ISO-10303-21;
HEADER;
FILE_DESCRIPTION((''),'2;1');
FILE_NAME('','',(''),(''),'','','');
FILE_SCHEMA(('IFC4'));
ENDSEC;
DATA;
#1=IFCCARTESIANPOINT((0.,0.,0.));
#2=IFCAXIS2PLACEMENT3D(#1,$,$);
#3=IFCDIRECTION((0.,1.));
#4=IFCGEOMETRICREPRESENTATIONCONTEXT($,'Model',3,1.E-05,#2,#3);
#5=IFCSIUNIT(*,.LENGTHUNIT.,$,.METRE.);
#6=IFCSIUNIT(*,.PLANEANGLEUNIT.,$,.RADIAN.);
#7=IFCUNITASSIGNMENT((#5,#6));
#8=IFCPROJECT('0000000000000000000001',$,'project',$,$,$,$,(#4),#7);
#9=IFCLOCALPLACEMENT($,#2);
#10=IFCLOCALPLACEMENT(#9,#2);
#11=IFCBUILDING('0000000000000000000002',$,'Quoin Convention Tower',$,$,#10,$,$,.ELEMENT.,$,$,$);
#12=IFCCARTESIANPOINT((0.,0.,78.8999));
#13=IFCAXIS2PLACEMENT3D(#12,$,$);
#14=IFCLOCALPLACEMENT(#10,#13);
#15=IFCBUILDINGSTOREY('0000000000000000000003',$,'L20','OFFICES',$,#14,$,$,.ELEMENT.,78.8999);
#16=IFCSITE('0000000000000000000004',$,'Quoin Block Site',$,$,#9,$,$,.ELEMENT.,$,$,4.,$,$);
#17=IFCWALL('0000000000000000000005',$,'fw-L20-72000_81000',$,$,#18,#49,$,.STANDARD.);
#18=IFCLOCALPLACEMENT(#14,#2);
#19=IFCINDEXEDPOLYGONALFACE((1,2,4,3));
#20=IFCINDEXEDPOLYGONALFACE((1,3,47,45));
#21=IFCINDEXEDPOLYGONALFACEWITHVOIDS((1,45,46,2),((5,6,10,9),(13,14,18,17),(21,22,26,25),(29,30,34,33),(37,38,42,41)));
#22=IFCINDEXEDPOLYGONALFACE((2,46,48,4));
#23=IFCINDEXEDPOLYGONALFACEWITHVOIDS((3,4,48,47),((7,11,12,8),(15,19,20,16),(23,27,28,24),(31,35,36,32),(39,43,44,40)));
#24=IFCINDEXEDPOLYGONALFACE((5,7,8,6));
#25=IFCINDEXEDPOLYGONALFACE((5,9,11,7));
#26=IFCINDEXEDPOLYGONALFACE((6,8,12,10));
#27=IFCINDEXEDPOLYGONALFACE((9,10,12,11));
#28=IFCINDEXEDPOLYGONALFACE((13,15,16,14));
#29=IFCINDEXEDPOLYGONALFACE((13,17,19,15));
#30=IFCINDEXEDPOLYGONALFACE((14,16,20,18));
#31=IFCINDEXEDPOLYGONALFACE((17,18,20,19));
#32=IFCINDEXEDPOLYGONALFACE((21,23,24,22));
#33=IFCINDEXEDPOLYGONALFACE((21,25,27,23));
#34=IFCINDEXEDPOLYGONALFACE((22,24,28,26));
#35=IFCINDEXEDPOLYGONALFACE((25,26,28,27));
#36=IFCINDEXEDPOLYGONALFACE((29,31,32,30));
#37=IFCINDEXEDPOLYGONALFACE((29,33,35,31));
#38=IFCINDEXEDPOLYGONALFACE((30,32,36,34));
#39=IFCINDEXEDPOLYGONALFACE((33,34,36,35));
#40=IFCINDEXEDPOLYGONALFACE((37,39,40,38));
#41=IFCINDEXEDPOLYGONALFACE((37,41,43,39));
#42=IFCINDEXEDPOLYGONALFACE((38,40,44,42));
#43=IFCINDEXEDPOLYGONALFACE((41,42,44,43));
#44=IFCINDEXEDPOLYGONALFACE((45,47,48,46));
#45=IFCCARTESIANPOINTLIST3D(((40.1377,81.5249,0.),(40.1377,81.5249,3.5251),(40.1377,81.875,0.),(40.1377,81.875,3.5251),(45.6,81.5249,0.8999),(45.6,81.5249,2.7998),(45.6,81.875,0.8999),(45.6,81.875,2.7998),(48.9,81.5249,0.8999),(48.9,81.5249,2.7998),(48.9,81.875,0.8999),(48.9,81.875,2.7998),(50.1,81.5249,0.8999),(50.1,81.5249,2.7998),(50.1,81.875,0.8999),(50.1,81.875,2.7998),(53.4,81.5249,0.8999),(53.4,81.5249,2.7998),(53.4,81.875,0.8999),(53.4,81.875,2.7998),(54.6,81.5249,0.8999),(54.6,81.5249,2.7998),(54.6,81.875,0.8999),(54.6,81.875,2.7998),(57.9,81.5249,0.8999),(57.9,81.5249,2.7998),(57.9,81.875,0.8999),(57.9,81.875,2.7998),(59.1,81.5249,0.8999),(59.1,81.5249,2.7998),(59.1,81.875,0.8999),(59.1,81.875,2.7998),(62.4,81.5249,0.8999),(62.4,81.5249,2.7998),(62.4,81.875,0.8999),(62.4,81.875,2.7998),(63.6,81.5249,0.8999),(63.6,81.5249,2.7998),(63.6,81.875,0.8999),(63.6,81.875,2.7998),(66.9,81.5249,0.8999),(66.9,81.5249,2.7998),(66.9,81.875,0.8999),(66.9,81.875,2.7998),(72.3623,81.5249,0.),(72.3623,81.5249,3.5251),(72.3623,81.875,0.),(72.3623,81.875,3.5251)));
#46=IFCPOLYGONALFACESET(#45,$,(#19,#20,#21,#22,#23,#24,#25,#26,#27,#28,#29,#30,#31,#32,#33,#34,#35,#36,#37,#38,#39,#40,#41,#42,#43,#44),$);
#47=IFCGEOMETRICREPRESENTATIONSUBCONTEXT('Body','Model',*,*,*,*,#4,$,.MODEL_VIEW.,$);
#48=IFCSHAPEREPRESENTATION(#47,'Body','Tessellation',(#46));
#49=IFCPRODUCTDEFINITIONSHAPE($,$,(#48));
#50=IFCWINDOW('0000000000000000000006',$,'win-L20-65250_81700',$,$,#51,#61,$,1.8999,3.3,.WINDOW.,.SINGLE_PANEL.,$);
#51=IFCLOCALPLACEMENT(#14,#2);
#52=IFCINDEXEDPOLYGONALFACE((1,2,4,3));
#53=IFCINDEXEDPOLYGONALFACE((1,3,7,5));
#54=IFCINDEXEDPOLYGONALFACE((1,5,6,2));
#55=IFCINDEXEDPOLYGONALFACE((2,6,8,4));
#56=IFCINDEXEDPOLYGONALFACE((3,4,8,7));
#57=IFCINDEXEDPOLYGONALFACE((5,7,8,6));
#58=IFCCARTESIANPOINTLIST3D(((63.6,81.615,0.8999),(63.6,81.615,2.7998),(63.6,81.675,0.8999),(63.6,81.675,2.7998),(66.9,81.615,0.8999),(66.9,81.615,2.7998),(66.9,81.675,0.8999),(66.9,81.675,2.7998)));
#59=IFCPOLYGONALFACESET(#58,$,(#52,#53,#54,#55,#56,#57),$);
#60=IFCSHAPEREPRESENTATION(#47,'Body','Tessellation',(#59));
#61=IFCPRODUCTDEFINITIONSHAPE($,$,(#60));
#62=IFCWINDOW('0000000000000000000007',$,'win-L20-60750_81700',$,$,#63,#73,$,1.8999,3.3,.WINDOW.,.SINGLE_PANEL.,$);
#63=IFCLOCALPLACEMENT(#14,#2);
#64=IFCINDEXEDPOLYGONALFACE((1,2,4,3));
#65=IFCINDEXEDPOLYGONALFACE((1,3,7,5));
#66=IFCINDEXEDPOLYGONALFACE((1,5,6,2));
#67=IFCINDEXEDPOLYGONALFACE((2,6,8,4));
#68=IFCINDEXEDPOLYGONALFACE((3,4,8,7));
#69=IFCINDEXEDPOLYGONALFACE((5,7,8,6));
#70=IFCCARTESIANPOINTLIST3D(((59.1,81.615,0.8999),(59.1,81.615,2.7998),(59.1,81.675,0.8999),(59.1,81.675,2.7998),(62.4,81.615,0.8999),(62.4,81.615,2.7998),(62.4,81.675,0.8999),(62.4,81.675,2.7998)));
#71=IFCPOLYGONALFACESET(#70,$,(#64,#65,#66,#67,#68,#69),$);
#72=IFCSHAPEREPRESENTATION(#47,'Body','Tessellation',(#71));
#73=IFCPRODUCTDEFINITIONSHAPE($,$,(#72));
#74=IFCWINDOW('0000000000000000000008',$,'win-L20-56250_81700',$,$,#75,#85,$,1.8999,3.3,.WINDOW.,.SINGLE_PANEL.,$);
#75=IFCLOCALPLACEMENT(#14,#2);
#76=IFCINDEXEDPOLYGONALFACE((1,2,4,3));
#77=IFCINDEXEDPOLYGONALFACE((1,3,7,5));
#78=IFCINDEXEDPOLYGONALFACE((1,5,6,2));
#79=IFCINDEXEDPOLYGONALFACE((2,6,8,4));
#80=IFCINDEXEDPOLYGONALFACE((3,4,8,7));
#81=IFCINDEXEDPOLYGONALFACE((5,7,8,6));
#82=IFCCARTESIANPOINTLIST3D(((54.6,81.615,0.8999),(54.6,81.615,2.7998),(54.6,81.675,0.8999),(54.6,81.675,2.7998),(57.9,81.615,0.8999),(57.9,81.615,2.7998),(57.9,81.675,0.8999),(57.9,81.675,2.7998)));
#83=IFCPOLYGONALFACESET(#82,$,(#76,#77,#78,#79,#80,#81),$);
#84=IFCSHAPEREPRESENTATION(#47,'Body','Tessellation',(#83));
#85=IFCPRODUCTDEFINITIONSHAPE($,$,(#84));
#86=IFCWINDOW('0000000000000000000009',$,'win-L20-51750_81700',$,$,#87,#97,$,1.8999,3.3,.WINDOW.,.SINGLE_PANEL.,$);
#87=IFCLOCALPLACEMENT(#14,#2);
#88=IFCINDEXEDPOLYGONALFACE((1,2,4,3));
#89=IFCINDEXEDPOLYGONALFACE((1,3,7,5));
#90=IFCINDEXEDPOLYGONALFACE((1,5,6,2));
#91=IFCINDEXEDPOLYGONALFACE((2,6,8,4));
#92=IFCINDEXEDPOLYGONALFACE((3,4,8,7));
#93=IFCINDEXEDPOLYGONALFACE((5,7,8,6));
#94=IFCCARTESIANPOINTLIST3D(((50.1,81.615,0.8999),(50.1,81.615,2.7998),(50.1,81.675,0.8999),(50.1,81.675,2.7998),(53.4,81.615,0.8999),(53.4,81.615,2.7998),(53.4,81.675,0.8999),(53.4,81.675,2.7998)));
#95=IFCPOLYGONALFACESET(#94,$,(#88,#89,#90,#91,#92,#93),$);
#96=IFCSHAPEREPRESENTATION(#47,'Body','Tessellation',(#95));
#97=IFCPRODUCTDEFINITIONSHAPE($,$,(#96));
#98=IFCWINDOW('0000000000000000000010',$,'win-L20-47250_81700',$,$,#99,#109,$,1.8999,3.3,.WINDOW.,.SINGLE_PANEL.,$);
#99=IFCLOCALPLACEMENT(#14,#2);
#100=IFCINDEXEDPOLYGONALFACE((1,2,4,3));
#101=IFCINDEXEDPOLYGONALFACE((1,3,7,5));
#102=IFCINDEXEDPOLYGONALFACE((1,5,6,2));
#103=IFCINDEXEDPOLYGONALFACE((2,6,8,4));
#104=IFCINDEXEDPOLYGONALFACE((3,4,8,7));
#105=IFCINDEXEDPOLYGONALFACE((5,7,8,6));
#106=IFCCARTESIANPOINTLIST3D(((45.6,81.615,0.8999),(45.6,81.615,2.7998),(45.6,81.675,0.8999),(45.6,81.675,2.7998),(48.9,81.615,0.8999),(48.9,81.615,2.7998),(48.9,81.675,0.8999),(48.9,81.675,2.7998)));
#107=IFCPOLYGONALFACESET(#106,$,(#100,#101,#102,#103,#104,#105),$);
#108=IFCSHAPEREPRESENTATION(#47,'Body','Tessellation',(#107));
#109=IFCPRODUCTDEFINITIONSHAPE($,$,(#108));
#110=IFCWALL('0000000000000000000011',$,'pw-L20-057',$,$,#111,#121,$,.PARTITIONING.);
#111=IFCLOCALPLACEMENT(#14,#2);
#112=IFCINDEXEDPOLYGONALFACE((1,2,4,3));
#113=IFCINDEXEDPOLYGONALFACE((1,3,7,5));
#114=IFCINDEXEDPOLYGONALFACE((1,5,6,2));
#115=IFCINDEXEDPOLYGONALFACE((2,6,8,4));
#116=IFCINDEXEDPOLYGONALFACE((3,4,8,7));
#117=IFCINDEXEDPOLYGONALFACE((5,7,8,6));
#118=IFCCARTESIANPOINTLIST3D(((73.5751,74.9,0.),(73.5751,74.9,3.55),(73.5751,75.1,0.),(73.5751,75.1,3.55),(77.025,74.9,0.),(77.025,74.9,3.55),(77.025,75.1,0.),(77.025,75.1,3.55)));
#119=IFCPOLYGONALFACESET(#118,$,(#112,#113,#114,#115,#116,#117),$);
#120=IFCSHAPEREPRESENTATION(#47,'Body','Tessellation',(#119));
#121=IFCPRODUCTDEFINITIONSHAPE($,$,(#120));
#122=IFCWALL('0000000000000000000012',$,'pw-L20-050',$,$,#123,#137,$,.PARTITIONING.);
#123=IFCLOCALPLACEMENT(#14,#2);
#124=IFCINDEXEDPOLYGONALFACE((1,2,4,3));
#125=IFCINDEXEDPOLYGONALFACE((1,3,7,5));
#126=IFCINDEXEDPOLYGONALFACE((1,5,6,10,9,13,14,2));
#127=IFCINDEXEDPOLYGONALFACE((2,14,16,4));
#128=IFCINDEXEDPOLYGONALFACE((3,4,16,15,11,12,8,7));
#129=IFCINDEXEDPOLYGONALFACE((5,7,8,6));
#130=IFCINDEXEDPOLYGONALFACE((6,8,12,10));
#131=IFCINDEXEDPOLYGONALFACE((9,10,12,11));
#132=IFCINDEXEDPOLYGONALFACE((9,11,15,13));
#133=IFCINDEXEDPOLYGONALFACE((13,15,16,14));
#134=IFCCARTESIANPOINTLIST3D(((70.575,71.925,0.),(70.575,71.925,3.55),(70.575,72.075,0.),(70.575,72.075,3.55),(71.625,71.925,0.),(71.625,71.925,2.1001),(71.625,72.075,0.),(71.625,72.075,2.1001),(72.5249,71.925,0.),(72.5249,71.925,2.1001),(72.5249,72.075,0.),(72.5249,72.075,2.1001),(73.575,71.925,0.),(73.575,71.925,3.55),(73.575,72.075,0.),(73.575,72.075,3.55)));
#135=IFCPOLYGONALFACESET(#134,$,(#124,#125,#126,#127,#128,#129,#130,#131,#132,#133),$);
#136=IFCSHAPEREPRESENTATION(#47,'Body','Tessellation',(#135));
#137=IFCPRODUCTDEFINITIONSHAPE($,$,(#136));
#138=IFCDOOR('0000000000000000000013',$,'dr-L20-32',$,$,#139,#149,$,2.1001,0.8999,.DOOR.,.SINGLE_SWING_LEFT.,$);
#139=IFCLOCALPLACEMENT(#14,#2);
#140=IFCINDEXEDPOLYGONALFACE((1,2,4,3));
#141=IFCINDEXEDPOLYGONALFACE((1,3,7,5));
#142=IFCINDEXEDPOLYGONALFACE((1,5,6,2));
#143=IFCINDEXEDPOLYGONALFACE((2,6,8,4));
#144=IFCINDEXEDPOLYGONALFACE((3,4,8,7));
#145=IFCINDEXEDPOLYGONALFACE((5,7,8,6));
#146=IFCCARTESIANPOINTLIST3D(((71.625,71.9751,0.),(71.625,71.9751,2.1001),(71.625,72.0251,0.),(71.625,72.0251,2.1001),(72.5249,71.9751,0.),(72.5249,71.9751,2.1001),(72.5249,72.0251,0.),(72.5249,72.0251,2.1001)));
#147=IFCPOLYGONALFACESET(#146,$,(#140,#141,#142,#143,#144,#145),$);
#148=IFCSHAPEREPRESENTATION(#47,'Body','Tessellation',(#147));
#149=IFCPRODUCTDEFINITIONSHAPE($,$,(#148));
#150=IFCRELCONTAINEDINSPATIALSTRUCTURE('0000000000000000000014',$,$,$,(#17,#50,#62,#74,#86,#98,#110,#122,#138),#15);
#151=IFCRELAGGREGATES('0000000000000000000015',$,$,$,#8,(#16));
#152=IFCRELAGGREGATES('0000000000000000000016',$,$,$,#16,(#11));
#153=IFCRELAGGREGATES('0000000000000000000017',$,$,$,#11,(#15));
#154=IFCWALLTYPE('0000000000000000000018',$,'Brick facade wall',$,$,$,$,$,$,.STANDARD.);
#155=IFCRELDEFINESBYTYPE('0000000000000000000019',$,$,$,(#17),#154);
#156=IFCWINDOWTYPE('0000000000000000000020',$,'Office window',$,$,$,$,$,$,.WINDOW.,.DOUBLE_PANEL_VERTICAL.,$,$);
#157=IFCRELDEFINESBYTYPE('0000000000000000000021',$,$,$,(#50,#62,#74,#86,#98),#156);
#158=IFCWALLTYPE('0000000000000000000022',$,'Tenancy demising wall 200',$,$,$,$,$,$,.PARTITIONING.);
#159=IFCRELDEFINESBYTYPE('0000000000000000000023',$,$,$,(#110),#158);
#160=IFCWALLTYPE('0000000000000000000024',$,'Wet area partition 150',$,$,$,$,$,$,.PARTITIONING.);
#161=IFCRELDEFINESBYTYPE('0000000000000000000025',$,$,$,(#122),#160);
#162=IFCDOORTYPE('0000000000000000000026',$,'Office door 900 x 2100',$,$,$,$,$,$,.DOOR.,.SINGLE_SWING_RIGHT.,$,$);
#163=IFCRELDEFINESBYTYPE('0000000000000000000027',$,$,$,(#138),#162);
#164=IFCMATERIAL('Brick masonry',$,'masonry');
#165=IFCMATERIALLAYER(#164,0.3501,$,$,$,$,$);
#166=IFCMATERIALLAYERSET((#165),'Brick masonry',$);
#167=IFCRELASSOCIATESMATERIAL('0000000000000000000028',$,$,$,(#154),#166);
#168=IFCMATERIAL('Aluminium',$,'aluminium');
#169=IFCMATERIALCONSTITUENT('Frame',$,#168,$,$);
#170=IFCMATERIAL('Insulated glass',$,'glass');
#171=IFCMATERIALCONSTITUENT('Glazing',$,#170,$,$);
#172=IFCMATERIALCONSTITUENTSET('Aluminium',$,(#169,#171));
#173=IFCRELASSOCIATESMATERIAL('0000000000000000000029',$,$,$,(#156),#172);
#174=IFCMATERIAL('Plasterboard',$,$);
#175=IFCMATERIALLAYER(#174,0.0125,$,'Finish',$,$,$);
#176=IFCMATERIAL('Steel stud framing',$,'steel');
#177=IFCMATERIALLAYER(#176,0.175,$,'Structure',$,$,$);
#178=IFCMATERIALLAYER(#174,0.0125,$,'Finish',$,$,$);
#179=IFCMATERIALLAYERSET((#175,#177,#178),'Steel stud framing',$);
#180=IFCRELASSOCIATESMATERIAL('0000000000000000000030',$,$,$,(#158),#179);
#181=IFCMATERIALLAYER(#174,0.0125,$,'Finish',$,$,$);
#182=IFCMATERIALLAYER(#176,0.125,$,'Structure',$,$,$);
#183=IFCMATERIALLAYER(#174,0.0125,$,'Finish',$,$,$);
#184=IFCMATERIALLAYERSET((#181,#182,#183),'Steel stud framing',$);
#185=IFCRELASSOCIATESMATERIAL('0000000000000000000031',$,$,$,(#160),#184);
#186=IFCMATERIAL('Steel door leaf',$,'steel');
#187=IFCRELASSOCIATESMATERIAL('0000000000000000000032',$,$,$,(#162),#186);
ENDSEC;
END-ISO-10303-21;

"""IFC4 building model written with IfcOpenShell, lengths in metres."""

from ifc_helpers import new_model, si_unit, direction, frame, frame_2d, origin, place, context, subcontext, project, spatial, rectangle, extrude, material, layer, layer_set, constituent, constituent_set, type_object, element, fill, save


model = new_model("IFC4")

# Units and contexts
model_context = context("Model", 3, precision=1e-05, world=origin(), true_north=direction((0.0, 1.0)))
body_context = subcontext(model_context, "Body", "Model", "MODEL_VIEW")
ifc_project = project(units=[si_unit("LENGTHUNIT", "METRE"), si_unit("PLANEANGLEUNIT", "RADIAN")], contexts=[model_context])

# Site, building, storey
site_placement = place(None, origin())
site = spatial("IfcSite", under=ifc_project, at=site_placement, Name="Quoin Block Site", CompositionType="ELEMENT", RefElevation=4.0)
building_placement = place(site_placement, origin())
building = spatial("IfcBuilding", under=site, at=building_placement, Name="Quoin Convention Tower", CompositionType="ELEMENT")
storey_placement = place(building_placement, frame((0.0, 0.0, 78.8999)))
storey = spatial("IfcBuildingStorey", under=building, at=storey_placement, Name="L20", Description="OFFICES", CompositionType="ELEMENT", Elevation=78.8999)

# Shared definitions
ifc_material_1 = material(Name="Brick masonry", Category="masonry")
ifc_layer_1 = layer(ifc_material_1, 0.3501)
ifc_layer_set_1 = layer_set([ifc_layer_1], Name="Brick masonry")
wall_type_1 = type_object("IfcWallType", Name="Brick facade wall", PredefinedType="STANDARD", material=ifc_layer_set_1)
ifc_material_2 = material(Name="Aluminium", Category="aluminium")
ifc_constituent_1 = constituent(ifc_material_2, Name="Frame")
ifc_material_3 = material(Name="Insulated glass", Category="glass")
ifc_constituent_2 = constituent(ifc_material_3, Name="Glazing")
ifc_constituent_set = constituent_set(constituents=[ifc_constituent_1, ifc_constituent_2], Name="Aluminium")
window_type = type_object("IfcWindowType", Name="Office window", PartitioningType="DOUBLE_PANEL_VERTICAL", PredefinedType="WINDOW", material=ifc_constituent_set)

# Wall, openings, windows
wall_1_placement = place(storey_placement, frame((72.3623, 81.7, 0.0), z_axis=(0.0, 0.0, 1.0), x_axis=(-1.0, 0.0, 0.0)))
wall_1 = element("IfcWall", 1, at=wall_1_placement, inside=storey, type_object=wall_type_1, Name="fw-L20-72000_81000", PredefinedType="STANDARD", context=body_context, shape_type="SweptSolid", body=[
    extrude(rectangle(XDim=32.2246, YDim=0.3501, at=frame_2d((16.1123, 0.0))), origin(), (0.0, 0.0, 1.0), 3.5251),
])
opening_1_placement = place(wall_1_placement, frame((5.4624, 0.0, 0.8999)))
opening_1 = element("IfcOpeningElement", 2, at=opening_1_placement, cuts=wall_1, PredefinedType="OPENING", context=body_context, shape_type="SweptSolid", body=[
    extrude(rectangle(XDim=3.3, YDim=1.8999, at=frame_2d((1.6499, 0.95))), frame((0.0, 0.1851, 0.0), z_axis=(0.0, -1.0, 0.0), x_axis=(1.0, 0.0, 0.0)), (0.0, 0.0, 1.0), 0.3701),
])
opening_2_placement = place(wall_1_placement, frame((9.9624, 0.0, 0.8999)))
opening_2 = element("IfcOpeningElement", 3, at=opening_2_placement, cuts=wall_1, PredefinedType="OPENING", context=body_context, shape_type="SweptSolid", body=[
    extrude(rectangle(XDim=3.3, YDim=1.8999, at=frame_2d((1.6499, 0.95))), frame((0.0, 0.1851, 0.0), z_axis=(0.0, -1.0, 0.0), x_axis=(1.0, 0.0, 0.0)), (0.0, 0.0, 1.0), 0.3701),
])
opening_3_placement = place(wall_1_placement, frame((14.4624, 0.0, 0.8999)))
opening_3 = element("IfcOpeningElement", 4, at=opening_3_placement, cuts=wall_1, PredefinedType="OPENING", context=body_context, shape_type="SweptSolid", body=[
    extrude(rectangle(XDim=3.3, YDim=1.8999, at=frame_2d((1.6499, 0.95))), frame((0.0, 0.1851, 0.0), z_axis=(0.0, -1.0, 0.0), x_axis=(1.0, 0.0, 0.0)), (0.0, 0.0, 1.0), 0.3701),
])
opening_4_placement = place(wall_1_placement, frame((18.9624, 0.0, 0.8999)))
opening_4 = element("IfcOpeningElement", 5, at=opening_4_placement, cuts=wall_1, PredefinedType="OPENING", context=body_context, shape_type="SweptSolid", body=[
    extrude(rectangle(XDim=3.3, YDim=1.8999, at=frame_2d((1.6499, 0.95))), frame((0.0, 0.1851, 0.0), z_axis=(0.0, -1.0, 0.0), x_axis=(1.0, 0.0, 0.0)), (0.0, 0.0, 1.0), 0.3701),
])
opening_5_placement = place(wall_1_placement, frame((23.4624, 0.0, 0.8999)))
opening_5 = element("IfcOpeningElement", 6, at=opening_5_placement, cuts=wall_1, PredefinedType="OPENING", context=body_context, shape_type="SweptSolid", body=[
    extrude(rectangle(XDim=3.3, YDim=1.8999, at=frame_2d((1.6499, 0.95))), frame((0.0, 0.1851, 0.0), z_axis=(0.0, -1.0, 0.0), x_axis=(1.0, 0.0, 0.0)), (0.0, 0.0, 1.0), 0.3701),
])
window_1_placement = place(opening_1_placement, origin())
window_1 = element("IfcWindow", 7, at=window_1_placement, inside=storey, type_object=window_type, Name="win-L20-65250_81700", OverallHeight=1.8999, OverallWidth=3.3, PartitioningType="SINGLE_PANEL", PredefinedType="WINDOW", context=body_context, shape_type="SweptSolid", body=[
    extrude(rectangle(XDim=3.3, YDim=1.8999, at=frame_2d((1.6499, 0.95))), frame((0.0, 0.085, 0.0), z_axis=(0.0, -1.0, 0.0), x_axis=(1.0, 0.0, 0.0)), (0.0, 0.0, 1.0), 0.0601),
])
fill(opening_1, window_1)
window_2_placement = place(opening_2_placement, origin())
window_2 = element("IfcWindow", 8, at=window_2_placement, inside=storey, type_object=window_type, Name="win-L20-60750_81700", OverallHeight=1.8999, OverallWidth=3.3, PartitioningType="SINGLE_PANEL", PredefinedType="WINDOW", context=body_context, shape_type="SweptSolid", body=[
    extrude(rectangle(XDim=3.3, YDim=1.8999, at=frame_2d((1.6499, 0.95))), frame((0.0, 0.085, 0.0), z_axis=(0.0, -1.0, 0.0), x_axis=(1.0, 0.0, 0.0)), (0.0, 0.0, 1.0), 0.0601),
])
fill(opening_2, window_2)
window_3_placement = place(opening_3_placement, origin())
window_3 = element("IfcWindow", 9, at=window_3_placement, inside=storey, type_object=window_type, Name="win-L20-56250_81700", OverallHeight=1.8999, OverallWidth=3.3, PartitioningType="SINGLE_PANEL", PredefinedType="WINDOW", context=body_context, shape_type="SweptSolid", body=[
    extrude(rectangle(XDim=3.3, YDim=1.8999, at=frame_2d((1.6499, 0.95))), frame((0.0, 0.085, 0.0), z_axis=(0.0, -1.0, 0.0), x_axis=(1.0, 0.0, 0.0)), (0.0, 0.0, 1.0), 0.0601),
])
fill(opening_3, window_3)
window_4_placement = place(opening_4_placement, origin())
window_4 = element("IfcWindow", 10, at=window_4_placement, inside=storey, type_object=window_type, Name="win-L20-51750_81700", OverallHeight=1.8999, OverallWidth=3.3, PartitioningType="SINGLE_PANEL", PredefinedType="WINDOW", context=body_context, shape_type="SweptSolid", body=[
    extrude(rectangle(XDim=3.3, YDim=1.8999, at=frame_2d((1.6499, 0.95))), frame((0.0, 0.085, 0.0), z_axis=(0.0, -1.0, 0.0), x_axis=(1.0, 0.0, 0.0)), (0.0, 0.0, 1.0), 0.0601),
])
fill(opening_4, window_4)
window_5_placement = place(opening_5_placement, origin())
window_5 = element("IfcWindow", 11, at=window_5_placement, inside=storey, type_object=window_type, Name="win-L20-47250_81700", OverallHeight=1.8999, OverallWidth=3.3, PartitioningType="SINGLE_PANEL", PredefinedType="WINDOW", context=body_context, shape_type="SweptSolid", body=[
    extrude(rectangle(XDim=3.3, YDim=1.8999, at=frame_2d((1.6499, 0.95))), frame((0.0, 0.085, 0.0), z_axis=(0.0, -1.0, 0.0), x_axis=(1.0, 0.0, 0.0)), (0.0, 0.0, 1.0), 0.0601),
])
fill(opening_5, window_5)

# Wall
ifc_material_4 = material(Name="Plasterboard")
ifc_layer_2 = layer(ifc_material_4, 0.0125, Name="Finish")
ifc_material_5 = material(Name="Steel stud framing", Category="steel")
ifc_layer_3 = layer(ifc_material_5, 0.175, Name="Structure")
ifc_layer_4 = layer(ifc_material_4, 0.0125, Name="Finish")
ifc_layer_set_2 = layer_set([ifc_layer_2, ifc_layer_3, ifc_layer_4], Name="Steel stud framing")
wall_type_2 = type_object("IfcWallType", Name="Tenancy demising wall 200", PredefinedType="PARTITIONING", material=ifc_layer_set_2)
wall_2_placement = place(storey_placement, frame((73.575, 75.0, 0.0), z_axis=(0.0, 0.0, 1.0), x_axis=(1.0, 0.0, 0.0)))
element("IfcWall", 12, at=wall_2_placement, inside=storey, type_object=wall_type_2, Name="pw-L20-057", PredefinedType="PARTITIONING", context=body_context, shape_type="SweptSolid", body=[
    extrude(rectangle(XDim=3.45, YDim=0.2, at=frame_2d((1.7251, 0.0))), origin(), (0.0, 0.0, 1.0), 3.55),
])

# Wall, opening, door
ifc_layer_5 = layer(ifc_material_4, 0.0125, Name="Finish")
ifc_layer_6 = layer(ifc_material_5, 0.125, Name="Structure")
ifc_layer_7 = layer(ifc_material_4, 0.0125, Name="Finish")
ifc_layer_set_3 = layer_set([ifc_layer_5, ifc_layer_6, ifc_layer_7], Name="Steel stud framing")
wall_type_3 = type_object("IfcWallType", Name="Wet area partition 150", PredefinedType="PARTITIONING", material=ifc_layer_set_3)
wall_3_placement = place(storey_placement, frame((70.575, 72.0, 0.0), z_axis=(0.0, 0.0, 1.0), x_axis=(1.0, 0.0, 0.0)))
wall_3 = element("IfcWall", 13, at=wall_3_placement, inside=storey, type_object=wall_type_3, Name="pw-L20-050", PredefinedType="PARTITIONING", context=body_context, shape_type="SweptSolid", body=[
    extrude(rectangle(XDim=3.0, YDim=0.1499, at=frame_2d((1.5, 0.0))), origin(), (0.0, 0.0, 1.0), 3.55),
])
opening_6_placement = place(wall_3_placement, frame((1.05, 0.0, 0.0)))
opening_6 = element("IfcOpeningElement", 14, at=opening_6_placement, cuts=wall_3, PredefinedType="OPENING", context=body_context, shape_type="SweptSolid", body=[
    extrude(rectangle(XDim=0.8999, YDim=2.1001, at=frame_2d((0.45, 1.05))), frame((0.0, 0.085, 0.0), z_axis=(0.0, -1.0, 0.0), x_axis=(1.0, 0.0, 0.0)), (0.0, 0.0, 1.0), 0.1699),
])
ifc_material_6 = material(Name="Steel door leaf", Category="steel")
door_type = type_object("IfcDoorType", Name="Office door 900 x 2100", OperationType="SINGLE_SWING_RIGHT", PredefinedType="DOOR", material=ifc_material_6)
door_1_placement = place(opening_6_placement, frame((0.8999, 0.0, 0.0), z_axis=(0.0, 0.0, 1.0), x_axis=(-1.0, 0.0, 0.0)))
door_1 = element("IfcDoor", 15, at=door_1_placement, inside=storey, type_object=door_type, Name="dr-L20-32", OperationType="SINGLE_SWING_LEFT", OverallHeight=2.1001, OverallWidth=0.8999, PredefinedType="DOOR", context=body_context, shape_type="SweptSolid", body=[
    extrude(rectangle(XDim=0.8999, YDim=2.1001, at=frame_2d((0.45, 1.05))), frame((0.0, 0.0249, 0.0), z_axis=(0.0, -1.0, 0.0), x_axis=(1.0, 0.0, 0.0)), (0.0, 0.0, 1.0), 0.05),
])
fill(opening_6, door_1)

save(model, "model.ifc")
